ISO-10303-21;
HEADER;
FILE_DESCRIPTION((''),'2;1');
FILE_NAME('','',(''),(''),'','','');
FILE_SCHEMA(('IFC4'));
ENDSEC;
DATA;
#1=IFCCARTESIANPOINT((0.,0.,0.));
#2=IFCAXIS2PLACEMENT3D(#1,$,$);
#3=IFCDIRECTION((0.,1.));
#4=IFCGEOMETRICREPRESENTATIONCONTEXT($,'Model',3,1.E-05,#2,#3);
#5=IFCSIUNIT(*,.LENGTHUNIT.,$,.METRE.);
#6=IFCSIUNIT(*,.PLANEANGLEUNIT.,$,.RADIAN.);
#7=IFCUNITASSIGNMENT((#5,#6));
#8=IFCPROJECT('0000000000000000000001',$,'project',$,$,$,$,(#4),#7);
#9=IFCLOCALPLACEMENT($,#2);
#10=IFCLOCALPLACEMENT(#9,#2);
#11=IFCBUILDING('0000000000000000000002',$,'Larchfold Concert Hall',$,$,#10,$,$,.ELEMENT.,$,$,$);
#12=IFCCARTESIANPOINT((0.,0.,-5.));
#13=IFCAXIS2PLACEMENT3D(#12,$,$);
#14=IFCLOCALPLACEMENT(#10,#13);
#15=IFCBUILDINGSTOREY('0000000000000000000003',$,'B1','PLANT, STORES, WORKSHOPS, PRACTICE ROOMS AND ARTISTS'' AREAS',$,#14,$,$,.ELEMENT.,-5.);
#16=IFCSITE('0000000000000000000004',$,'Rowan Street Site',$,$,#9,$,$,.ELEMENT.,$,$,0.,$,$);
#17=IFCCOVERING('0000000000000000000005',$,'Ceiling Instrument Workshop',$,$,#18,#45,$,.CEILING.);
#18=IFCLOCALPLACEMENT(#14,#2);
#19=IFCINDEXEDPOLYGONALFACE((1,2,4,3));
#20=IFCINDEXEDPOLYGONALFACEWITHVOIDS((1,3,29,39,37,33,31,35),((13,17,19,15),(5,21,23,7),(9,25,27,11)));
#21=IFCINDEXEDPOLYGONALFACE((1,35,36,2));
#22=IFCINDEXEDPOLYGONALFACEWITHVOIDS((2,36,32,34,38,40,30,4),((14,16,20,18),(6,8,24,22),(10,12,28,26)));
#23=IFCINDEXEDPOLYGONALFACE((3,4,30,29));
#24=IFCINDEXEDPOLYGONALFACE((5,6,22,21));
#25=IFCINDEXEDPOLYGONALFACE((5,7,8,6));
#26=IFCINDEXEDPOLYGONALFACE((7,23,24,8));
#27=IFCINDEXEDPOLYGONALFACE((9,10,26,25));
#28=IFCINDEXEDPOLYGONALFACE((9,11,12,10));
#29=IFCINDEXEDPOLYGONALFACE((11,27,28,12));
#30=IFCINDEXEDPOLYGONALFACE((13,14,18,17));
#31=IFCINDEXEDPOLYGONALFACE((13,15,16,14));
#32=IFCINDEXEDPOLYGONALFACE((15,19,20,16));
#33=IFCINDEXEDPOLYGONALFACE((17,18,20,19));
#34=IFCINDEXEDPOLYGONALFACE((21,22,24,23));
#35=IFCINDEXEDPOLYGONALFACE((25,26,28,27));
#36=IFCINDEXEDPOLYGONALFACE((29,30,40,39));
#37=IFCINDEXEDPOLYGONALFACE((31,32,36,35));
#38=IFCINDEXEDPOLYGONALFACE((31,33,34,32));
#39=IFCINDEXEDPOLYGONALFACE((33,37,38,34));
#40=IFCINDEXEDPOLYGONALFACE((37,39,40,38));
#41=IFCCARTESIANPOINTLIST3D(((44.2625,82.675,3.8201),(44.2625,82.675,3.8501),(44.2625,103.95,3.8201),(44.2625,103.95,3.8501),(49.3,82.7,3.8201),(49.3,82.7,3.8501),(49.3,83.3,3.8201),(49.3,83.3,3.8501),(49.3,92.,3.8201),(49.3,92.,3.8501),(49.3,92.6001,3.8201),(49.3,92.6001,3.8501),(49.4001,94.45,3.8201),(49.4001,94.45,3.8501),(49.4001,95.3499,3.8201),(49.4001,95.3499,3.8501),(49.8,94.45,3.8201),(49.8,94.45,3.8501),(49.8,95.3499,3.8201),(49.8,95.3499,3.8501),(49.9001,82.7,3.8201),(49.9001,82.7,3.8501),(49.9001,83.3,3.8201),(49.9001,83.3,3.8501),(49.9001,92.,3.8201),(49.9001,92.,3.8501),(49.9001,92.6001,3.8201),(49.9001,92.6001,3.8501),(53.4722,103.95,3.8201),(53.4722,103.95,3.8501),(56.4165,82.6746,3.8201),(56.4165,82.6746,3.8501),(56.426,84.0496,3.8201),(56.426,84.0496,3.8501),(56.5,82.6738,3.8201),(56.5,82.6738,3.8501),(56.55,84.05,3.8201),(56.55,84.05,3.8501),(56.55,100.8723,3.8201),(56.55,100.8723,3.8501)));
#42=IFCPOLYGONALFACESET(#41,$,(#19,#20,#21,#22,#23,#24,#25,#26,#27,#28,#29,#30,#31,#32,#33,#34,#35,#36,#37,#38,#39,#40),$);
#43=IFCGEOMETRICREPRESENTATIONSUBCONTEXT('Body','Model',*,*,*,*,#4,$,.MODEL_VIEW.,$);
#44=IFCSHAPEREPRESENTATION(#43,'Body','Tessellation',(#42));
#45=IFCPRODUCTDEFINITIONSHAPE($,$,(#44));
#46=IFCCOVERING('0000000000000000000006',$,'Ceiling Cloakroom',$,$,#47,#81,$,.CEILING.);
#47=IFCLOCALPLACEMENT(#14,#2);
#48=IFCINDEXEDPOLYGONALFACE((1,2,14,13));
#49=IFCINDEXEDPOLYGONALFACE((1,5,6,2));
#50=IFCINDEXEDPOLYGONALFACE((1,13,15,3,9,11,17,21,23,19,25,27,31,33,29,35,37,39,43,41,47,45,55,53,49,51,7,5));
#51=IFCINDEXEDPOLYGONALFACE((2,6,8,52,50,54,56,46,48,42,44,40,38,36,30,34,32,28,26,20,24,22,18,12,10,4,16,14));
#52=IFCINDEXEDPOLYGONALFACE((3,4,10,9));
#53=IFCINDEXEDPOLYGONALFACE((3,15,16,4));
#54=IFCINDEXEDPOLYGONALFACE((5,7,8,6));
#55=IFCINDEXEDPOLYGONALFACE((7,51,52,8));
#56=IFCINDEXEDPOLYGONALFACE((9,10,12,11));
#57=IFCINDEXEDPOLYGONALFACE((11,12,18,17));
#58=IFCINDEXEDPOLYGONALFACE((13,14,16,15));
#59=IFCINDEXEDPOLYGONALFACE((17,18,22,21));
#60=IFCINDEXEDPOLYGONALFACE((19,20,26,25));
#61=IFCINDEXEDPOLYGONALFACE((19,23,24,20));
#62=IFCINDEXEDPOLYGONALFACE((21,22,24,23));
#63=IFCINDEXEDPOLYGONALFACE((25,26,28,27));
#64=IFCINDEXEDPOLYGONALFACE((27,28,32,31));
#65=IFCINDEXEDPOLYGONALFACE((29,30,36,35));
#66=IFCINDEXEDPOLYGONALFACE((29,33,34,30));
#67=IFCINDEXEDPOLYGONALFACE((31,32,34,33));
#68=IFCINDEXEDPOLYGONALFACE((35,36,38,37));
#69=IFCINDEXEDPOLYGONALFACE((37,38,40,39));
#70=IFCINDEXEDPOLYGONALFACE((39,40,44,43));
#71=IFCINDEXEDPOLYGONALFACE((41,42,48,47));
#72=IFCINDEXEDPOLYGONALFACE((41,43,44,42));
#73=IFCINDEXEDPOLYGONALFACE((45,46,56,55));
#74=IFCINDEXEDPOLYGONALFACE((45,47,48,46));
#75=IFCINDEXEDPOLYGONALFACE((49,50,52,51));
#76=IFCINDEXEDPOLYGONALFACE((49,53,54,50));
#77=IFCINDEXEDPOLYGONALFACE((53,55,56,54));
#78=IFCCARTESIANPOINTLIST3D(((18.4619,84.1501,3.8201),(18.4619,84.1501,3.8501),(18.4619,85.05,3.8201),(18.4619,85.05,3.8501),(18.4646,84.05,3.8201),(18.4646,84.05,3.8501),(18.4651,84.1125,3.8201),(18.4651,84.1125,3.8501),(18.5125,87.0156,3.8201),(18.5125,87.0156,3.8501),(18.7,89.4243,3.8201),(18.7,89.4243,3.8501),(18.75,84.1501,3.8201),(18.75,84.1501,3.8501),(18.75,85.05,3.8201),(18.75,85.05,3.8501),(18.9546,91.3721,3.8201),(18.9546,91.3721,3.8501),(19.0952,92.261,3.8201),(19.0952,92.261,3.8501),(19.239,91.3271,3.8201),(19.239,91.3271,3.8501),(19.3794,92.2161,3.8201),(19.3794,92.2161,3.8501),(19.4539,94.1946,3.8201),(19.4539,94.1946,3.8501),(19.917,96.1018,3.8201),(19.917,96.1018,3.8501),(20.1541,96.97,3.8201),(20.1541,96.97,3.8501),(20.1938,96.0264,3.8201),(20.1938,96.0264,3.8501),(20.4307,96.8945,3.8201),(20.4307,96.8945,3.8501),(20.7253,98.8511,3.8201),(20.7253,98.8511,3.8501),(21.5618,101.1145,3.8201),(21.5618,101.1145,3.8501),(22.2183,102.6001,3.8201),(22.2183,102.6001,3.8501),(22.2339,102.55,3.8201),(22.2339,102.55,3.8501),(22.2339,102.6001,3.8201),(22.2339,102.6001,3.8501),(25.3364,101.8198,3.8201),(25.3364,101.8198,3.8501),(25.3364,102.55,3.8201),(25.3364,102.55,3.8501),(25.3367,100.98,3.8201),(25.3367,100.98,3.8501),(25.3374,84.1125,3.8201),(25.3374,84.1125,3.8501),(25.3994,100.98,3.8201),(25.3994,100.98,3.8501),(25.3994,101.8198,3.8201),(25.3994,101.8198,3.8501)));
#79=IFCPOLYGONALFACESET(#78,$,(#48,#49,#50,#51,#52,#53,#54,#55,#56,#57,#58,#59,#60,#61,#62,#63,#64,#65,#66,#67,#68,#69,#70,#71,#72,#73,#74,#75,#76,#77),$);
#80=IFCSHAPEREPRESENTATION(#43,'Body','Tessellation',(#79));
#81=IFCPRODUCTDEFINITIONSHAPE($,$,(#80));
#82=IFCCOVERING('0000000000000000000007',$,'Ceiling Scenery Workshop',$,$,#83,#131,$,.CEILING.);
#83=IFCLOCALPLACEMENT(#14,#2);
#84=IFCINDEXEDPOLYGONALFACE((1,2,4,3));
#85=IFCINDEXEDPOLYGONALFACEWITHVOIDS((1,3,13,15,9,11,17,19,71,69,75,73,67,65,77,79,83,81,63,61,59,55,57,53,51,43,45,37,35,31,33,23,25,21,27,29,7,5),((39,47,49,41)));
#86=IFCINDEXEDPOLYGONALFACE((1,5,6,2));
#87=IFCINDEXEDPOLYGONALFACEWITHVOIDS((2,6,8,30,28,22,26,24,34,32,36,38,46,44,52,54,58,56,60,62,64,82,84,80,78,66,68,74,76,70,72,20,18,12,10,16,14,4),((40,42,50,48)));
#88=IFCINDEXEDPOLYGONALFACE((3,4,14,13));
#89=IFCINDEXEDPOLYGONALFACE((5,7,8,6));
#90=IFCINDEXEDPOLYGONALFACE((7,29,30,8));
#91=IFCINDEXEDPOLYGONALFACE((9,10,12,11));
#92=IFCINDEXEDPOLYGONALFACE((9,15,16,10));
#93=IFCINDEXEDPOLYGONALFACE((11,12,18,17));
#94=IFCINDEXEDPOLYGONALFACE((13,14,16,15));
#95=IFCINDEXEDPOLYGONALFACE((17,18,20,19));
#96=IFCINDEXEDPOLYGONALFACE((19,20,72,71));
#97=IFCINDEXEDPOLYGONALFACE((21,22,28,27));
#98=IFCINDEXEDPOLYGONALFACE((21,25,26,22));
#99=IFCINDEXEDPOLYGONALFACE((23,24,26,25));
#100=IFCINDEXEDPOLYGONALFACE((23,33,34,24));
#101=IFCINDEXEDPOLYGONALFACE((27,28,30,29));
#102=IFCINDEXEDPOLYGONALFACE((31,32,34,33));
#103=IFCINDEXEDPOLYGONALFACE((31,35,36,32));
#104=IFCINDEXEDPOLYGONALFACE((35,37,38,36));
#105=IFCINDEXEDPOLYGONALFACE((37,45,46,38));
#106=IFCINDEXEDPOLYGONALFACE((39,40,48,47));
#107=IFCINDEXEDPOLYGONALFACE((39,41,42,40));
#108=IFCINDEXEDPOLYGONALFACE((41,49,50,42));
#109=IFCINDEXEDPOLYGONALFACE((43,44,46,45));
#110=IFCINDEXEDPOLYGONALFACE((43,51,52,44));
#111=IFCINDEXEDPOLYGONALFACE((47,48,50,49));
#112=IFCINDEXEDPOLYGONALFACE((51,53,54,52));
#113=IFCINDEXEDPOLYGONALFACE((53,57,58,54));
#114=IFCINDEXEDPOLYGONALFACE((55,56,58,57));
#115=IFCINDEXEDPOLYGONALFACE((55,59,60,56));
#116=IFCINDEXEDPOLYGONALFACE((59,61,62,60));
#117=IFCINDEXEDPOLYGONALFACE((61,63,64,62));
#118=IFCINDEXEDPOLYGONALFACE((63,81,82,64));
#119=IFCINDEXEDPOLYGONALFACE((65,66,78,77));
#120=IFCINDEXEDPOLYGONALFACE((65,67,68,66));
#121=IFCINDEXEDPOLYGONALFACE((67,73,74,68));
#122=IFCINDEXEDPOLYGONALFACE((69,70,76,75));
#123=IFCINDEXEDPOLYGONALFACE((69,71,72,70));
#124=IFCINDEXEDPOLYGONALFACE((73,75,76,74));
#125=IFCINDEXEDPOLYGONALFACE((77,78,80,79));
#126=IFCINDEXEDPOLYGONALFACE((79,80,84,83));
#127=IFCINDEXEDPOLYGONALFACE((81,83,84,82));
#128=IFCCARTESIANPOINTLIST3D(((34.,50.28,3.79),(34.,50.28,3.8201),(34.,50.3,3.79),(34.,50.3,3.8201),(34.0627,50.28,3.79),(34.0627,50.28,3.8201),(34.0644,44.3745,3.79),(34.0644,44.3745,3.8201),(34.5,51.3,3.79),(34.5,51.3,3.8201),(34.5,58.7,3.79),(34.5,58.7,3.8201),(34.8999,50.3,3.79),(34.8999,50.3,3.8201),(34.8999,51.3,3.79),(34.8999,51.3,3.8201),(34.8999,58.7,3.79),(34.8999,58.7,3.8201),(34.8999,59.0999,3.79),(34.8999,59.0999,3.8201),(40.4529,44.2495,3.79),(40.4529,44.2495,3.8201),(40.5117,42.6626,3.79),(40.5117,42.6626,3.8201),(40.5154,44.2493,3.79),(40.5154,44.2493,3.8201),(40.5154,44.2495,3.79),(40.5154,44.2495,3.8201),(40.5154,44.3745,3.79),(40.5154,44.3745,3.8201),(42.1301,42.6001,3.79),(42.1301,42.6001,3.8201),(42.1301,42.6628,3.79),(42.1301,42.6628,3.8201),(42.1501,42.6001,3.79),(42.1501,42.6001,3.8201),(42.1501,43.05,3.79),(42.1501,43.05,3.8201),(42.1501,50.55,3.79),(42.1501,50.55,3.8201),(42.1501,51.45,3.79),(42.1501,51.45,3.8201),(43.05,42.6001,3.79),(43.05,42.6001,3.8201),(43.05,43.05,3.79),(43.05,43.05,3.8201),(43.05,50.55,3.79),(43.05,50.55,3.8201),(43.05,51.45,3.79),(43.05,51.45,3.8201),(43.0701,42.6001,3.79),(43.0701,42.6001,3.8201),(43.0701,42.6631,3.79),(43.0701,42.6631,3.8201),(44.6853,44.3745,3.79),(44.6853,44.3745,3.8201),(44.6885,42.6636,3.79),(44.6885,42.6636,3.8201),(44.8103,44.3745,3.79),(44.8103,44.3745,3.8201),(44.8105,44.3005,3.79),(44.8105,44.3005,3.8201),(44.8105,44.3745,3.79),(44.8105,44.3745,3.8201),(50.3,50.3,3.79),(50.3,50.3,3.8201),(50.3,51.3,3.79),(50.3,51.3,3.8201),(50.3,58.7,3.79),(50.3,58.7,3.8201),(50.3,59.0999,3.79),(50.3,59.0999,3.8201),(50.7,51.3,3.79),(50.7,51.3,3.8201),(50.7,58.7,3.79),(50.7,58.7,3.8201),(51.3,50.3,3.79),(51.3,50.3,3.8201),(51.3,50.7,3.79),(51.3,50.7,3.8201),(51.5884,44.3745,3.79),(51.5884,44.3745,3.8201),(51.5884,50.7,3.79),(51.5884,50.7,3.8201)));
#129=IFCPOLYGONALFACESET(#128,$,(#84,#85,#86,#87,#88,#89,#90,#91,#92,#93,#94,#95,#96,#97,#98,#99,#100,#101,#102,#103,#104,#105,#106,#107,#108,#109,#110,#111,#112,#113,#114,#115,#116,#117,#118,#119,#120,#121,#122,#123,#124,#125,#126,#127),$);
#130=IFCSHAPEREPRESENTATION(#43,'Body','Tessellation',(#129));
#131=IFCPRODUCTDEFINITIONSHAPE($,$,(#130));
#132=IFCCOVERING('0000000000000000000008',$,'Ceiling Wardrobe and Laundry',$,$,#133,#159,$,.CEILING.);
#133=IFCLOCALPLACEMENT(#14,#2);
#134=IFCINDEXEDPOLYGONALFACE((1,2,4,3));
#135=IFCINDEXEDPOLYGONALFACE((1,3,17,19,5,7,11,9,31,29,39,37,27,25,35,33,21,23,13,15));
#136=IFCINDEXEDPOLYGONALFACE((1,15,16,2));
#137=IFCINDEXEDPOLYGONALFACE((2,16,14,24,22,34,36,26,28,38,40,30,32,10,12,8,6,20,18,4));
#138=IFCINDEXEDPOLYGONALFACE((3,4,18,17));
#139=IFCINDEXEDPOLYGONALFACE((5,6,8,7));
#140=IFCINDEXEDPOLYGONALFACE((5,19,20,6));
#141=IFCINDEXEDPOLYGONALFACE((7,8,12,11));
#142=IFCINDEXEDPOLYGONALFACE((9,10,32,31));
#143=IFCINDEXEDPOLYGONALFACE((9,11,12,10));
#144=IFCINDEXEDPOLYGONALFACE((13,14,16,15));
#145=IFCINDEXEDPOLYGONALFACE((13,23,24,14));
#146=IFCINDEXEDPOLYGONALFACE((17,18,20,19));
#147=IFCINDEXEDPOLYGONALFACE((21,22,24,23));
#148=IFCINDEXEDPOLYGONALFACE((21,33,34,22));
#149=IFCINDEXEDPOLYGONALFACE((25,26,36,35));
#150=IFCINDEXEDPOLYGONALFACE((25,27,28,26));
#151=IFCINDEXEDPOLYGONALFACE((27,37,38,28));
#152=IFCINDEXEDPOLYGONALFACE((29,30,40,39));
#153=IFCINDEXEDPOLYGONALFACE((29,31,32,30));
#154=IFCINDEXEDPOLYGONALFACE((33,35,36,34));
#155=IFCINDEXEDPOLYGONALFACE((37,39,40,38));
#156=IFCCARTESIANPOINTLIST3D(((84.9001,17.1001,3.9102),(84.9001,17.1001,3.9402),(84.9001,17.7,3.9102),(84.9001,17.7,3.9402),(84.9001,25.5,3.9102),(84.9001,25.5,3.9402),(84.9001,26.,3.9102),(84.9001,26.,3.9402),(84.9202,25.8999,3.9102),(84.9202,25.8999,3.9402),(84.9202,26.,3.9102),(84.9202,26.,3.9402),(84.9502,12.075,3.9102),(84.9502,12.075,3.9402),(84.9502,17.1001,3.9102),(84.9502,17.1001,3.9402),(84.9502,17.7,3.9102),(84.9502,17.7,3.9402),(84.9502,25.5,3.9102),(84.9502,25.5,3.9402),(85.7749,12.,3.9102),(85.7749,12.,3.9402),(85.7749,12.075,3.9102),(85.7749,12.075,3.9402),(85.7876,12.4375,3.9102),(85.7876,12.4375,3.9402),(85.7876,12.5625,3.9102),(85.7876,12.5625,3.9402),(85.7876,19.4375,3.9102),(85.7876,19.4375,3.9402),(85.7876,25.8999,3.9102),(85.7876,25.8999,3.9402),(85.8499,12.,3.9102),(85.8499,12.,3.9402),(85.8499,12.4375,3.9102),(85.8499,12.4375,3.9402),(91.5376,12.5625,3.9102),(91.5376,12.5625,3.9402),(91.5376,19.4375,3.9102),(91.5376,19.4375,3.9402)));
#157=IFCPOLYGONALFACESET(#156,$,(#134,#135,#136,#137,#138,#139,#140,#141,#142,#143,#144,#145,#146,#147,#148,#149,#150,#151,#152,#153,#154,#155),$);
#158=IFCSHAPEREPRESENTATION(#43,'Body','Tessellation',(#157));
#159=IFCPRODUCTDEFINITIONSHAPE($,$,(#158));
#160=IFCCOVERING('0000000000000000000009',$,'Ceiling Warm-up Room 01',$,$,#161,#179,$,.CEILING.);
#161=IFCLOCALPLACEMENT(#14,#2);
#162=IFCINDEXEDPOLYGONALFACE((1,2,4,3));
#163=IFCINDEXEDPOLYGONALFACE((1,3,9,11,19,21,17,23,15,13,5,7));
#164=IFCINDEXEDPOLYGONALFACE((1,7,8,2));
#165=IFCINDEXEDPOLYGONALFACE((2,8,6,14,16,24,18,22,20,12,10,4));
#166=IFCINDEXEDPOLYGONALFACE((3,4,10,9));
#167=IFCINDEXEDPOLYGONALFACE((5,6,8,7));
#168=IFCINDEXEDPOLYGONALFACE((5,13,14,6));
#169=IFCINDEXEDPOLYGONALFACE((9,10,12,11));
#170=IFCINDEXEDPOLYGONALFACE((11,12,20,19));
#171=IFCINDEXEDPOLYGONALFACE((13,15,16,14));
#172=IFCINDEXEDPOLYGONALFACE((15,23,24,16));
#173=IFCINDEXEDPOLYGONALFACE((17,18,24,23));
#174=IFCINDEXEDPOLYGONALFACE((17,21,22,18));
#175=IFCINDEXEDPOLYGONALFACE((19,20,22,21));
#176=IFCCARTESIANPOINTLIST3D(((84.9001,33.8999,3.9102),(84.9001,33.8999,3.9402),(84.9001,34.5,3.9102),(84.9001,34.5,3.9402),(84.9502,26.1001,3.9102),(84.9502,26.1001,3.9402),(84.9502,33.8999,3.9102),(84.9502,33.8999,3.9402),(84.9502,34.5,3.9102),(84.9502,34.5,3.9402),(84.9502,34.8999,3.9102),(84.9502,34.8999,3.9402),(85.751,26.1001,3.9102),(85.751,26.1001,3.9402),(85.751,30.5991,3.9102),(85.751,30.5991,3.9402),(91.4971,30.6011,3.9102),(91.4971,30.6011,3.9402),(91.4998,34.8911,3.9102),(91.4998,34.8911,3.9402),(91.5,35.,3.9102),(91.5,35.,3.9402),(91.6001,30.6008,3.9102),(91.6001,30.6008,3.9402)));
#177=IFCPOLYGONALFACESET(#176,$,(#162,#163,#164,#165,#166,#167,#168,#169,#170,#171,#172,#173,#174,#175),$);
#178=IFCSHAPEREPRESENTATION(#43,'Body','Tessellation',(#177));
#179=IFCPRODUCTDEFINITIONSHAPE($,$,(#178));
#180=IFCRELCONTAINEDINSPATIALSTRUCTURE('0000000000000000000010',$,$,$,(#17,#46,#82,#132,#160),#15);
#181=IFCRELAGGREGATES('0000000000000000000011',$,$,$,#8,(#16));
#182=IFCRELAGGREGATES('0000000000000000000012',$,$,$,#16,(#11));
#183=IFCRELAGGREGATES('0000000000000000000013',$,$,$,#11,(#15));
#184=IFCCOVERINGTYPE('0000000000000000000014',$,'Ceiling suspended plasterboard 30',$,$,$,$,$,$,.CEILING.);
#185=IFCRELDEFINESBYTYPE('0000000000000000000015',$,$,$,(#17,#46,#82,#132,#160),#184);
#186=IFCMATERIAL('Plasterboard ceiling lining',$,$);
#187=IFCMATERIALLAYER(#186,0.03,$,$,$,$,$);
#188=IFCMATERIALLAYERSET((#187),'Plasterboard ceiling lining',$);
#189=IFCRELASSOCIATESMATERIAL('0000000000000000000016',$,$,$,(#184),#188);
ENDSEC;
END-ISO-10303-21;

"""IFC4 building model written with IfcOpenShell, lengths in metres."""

from ifc_helpers import new_model, si_unit, direction, frame, origin, place, context, subcontext, project, spatial, polyline, outline, extrude, material, layer, layer_set, type_object, element, save


model = new_model("IFC4")

# Units and contexts
model_context = context("Model", 3, precision=1e-05, world=origin(), true_north=direction((0.0, 1.0)))
body_context = subcontext(model_context, "Body", "Model", "MODEL_VIEW")
ifc_project = project(units=[si_unit("LENGTHUNIT", "METRE"), si_unit("PLANEANGLEUNIT", "RADIAN")], contexts=[model_context])

# Site, building, storey
site_placement = place(None, origin())
site = spatial("IfcSite", under=ifc_project, at=site_placement, Name="Rowan Street Site", CompositionType="ELEMENT", RefElevation=0.0)
building_placement = place(site_placement, origin())
building = spatial("IfcBuilding", under=site, at=building_placement, Name="Larchfold Concert Hall", CompositionType="ELEMENT")
storey_placement = place(building_placement, frame((0.0, 0.0, -5.0)))
storey = spatial("IfcBuildingStorey", under=building, at=storey_placement, Name="B1", Description="PLANT, STORES, WORKSHOPS, PRACTICE ROOMS AND ARTISTS' AREAS", CompositionType="ELEMENT", Elevation=-5.0)

# Coverings
ifc_material_1 = material(Name="Plasterboard ceiling lining")
ifc_layer_1 = layer(ifc_material_1, 0.03)
ifc_layer_set_1 = layer_set([ifc_layer_1], Name="Plasterboard ceiling lining")
covering_type_1 = type_object("IfcCoveringType", Name="Ceiling suspended plasterboard 30", PredefinedType="CEILING", material=ifc_layer_set_1)
covering_1_placement = place(storey_placement, frame((0.0, 0.0, 3.8201)))
element("IfcCovering", 1, at=covering_1_placement, inside=storey, type_object=covering_type_1, Name="Ceiling Instrument Workshop", PredefinedType="CEILING", context=body_context, shape_type="SweptSolid", body=[
    extrude(outline(polyline([(56.5, 82.6738), (56.4165, 82.6746), (56.426, 84.0496), (56.55, 84.05), (56.55, 100.8723), (53.4722, 103.95), (44.2625, 103.95), (44.2625, 82.675), (56.5, 82.6738)]), holes=[polyline([(49.9001, 83.3), (49.9001, 82.7), (49.3, 82.7), (49.3, 83.3), (49.9001, 83.3)]), polyline([(49.9001, 92.6001), (49.9001, 92.0), (49.3, 92.0), (49.3, 92.6001), (49.9001, 92.6001)]), polyline([(49.4001, 95.3499), (49.8, 95.3499), (49.8, 94.45), (49.4001, 94.45), (49.4001, 95.3499)])]), origin(), (0.0, 0.0, 1.0), 0.03),
])
covering_2_placement = place(storey_placement, frame((0.0, 0.0, 3.8201)))
element("IfcCovering", 2, at=covering_2_placement, inside=storey, type_object=covering_type_1, Name="Ceiling Cloakroom", PredefinedType="CEILING", context=body_context, shape_type="SweptSolid", body=[
    extrude(outline(polyline([(18.4646, 84.05), (18.4651, 84.1125), (25.3374, 84.1125), (25.3367, 100.98), (25.3994, 100.98), (25.3994, 101.8198), (25.3364, 101.8198), (25.3364, 102.55), (22.2339, 102.55), (22.2339, 102.6001), (22.2183, 102.6001), (21.5618, 101.1145), (20.7253, 98.8511), (20.1541, 96.97), (20.4307, 96.8945), (20.1938, 96.0264), (19.917, 96.1018), (19.4539, 94.1946), (19.0952, 92.261), (19.3794, 92.2161), (19.239, 91.3271), (18.9546, 91.3721), (18.7, 89.4243), (18.5125, 87.0156), (18.4619, 85.05), (18.75, 85.05), (18.75, 84.1501), (18.4619, 84.1501), (18.4646, 84.05)])), origin(), (0.0, 0.0, 1.0), 0.03),
])
covering_3_placement = place(storey_placement, frame((0.0, 0.0, 3.79)))
element("IfcCovering", 3, at=covering_3_placement, inside=storey, type_object=covering_type_1, Name="Ceiling Scenery Workshop", PredefinedType="CEILING", context=body_context, shape_type="SweptSolid", body=[
    extrude(outline(polyline([(34.0645, 44.3005), (34.0645, 44.3745), (40.5154, 44.3745), (40.5154, 44.2495), (40.4529, 44.2495), (40.5154, 44.2493), (40.5117, 42.6626), (42.1301, 42.6628), (42.1301, 42.6001), (42.1501, 42.6001), (42.1501, 43.05), (43.05, 43.05), (43.05, 42.6001), (43.0701, 42.6001), (43.0701, 42.6631), (44.6885, 42.6636), (44.6853, 44.3745), (44.8103, 44.3745), (44.8105, 44.3005), (44.8105, 44.3745), (51.5884, 44.3745), (51.5884, 50.7), (51.3, 50.7), (51.3, 50.3), (50.3, 50.3), (50.3, 51.3), (50.7, 51.3), (50.7, 58.7), (50.3, 58.7), (50.3, 59.0999), (34.8999, 59.0999), (34.8999, 58.7), (34.5, 58.7), (34.5, 51.3), (34.8999, 51.3), (34.8999, 50.3), (34.0, 50.3), (34.0, 50.28), (34.0627, 50.28), (34.0645, 44.3005)]), holes=[polyline([(42.1501, 51.45), (43.05, 51.45), (43.05, 50.55), (42.1501, 50.55), (42.1501, 51.45)])]), origin(), (0.0, 0.0, 1.0), 0.03),
])
covering_4_placement = place(storey_placement, frame((0.0, 0.0, 3.9102)))
element("IfcCovering", 4, at=covering_4_placement, inside=storey, type_object=covering_type_1, Name="Ceiling Wardrobe and Laundry", PredefinedType="CEILING", context=body_context, shape_type="SweptSolid", body=[
    extrude(outline(polyline([(85.7749, 12.0), (85.8499, 12.0), (85.8499, 12.4375), (85.7876, 12.4375), (85.7876, 12.5625), (91.5376, 12.5625), (91.5376, 19.4375), (85.7876, 19.4375), (85.7876, 25.8999), (84.9202, 25.8999), (84.9202, 26.0), (84.9001, 26.0), (84.9001, 25.5), (84.9502, 25.5), (84.9502, 17.7), (84.9001, 17.7), (84.9001, 17.1001), (84.9502, 17.1001), (84.9502, 12.075), (85.7749, 12.075), (85.7749, 12.0)])), origin(), (0.0, 0.0, 1.0), 0.03),
])
covering_5_placement = place(storey_placement, frame((0.0, 0.0, 3.9102)))
element("IfcCovering", 5, at=covering_5_placement, inside=storey, type_object=covering_type_1, Name="Ceiling Warm-up Room 01", PredefinedType="CEILING", context=body_context, shape_type="SweptSolid", body=[
    extrude(outline(polyline([(84.9502, 26.1001), (85.751, 26.1001), (85.751, 30.5991), (91.6001, 30.6008), (91.4971, 30.6011), (91.5, 35.0), (91.4998, 34.8911), (84.9502, 34.8999), (84.9502, 34.5), (84.9001, 34.5), (84.9001, 33.8999), (84.9502, 33.8999), (84.9502, 26.1001)])), origin(), (0.0, 0.0, 1.0), 0.03),
])

save(model, "model.ifc")
